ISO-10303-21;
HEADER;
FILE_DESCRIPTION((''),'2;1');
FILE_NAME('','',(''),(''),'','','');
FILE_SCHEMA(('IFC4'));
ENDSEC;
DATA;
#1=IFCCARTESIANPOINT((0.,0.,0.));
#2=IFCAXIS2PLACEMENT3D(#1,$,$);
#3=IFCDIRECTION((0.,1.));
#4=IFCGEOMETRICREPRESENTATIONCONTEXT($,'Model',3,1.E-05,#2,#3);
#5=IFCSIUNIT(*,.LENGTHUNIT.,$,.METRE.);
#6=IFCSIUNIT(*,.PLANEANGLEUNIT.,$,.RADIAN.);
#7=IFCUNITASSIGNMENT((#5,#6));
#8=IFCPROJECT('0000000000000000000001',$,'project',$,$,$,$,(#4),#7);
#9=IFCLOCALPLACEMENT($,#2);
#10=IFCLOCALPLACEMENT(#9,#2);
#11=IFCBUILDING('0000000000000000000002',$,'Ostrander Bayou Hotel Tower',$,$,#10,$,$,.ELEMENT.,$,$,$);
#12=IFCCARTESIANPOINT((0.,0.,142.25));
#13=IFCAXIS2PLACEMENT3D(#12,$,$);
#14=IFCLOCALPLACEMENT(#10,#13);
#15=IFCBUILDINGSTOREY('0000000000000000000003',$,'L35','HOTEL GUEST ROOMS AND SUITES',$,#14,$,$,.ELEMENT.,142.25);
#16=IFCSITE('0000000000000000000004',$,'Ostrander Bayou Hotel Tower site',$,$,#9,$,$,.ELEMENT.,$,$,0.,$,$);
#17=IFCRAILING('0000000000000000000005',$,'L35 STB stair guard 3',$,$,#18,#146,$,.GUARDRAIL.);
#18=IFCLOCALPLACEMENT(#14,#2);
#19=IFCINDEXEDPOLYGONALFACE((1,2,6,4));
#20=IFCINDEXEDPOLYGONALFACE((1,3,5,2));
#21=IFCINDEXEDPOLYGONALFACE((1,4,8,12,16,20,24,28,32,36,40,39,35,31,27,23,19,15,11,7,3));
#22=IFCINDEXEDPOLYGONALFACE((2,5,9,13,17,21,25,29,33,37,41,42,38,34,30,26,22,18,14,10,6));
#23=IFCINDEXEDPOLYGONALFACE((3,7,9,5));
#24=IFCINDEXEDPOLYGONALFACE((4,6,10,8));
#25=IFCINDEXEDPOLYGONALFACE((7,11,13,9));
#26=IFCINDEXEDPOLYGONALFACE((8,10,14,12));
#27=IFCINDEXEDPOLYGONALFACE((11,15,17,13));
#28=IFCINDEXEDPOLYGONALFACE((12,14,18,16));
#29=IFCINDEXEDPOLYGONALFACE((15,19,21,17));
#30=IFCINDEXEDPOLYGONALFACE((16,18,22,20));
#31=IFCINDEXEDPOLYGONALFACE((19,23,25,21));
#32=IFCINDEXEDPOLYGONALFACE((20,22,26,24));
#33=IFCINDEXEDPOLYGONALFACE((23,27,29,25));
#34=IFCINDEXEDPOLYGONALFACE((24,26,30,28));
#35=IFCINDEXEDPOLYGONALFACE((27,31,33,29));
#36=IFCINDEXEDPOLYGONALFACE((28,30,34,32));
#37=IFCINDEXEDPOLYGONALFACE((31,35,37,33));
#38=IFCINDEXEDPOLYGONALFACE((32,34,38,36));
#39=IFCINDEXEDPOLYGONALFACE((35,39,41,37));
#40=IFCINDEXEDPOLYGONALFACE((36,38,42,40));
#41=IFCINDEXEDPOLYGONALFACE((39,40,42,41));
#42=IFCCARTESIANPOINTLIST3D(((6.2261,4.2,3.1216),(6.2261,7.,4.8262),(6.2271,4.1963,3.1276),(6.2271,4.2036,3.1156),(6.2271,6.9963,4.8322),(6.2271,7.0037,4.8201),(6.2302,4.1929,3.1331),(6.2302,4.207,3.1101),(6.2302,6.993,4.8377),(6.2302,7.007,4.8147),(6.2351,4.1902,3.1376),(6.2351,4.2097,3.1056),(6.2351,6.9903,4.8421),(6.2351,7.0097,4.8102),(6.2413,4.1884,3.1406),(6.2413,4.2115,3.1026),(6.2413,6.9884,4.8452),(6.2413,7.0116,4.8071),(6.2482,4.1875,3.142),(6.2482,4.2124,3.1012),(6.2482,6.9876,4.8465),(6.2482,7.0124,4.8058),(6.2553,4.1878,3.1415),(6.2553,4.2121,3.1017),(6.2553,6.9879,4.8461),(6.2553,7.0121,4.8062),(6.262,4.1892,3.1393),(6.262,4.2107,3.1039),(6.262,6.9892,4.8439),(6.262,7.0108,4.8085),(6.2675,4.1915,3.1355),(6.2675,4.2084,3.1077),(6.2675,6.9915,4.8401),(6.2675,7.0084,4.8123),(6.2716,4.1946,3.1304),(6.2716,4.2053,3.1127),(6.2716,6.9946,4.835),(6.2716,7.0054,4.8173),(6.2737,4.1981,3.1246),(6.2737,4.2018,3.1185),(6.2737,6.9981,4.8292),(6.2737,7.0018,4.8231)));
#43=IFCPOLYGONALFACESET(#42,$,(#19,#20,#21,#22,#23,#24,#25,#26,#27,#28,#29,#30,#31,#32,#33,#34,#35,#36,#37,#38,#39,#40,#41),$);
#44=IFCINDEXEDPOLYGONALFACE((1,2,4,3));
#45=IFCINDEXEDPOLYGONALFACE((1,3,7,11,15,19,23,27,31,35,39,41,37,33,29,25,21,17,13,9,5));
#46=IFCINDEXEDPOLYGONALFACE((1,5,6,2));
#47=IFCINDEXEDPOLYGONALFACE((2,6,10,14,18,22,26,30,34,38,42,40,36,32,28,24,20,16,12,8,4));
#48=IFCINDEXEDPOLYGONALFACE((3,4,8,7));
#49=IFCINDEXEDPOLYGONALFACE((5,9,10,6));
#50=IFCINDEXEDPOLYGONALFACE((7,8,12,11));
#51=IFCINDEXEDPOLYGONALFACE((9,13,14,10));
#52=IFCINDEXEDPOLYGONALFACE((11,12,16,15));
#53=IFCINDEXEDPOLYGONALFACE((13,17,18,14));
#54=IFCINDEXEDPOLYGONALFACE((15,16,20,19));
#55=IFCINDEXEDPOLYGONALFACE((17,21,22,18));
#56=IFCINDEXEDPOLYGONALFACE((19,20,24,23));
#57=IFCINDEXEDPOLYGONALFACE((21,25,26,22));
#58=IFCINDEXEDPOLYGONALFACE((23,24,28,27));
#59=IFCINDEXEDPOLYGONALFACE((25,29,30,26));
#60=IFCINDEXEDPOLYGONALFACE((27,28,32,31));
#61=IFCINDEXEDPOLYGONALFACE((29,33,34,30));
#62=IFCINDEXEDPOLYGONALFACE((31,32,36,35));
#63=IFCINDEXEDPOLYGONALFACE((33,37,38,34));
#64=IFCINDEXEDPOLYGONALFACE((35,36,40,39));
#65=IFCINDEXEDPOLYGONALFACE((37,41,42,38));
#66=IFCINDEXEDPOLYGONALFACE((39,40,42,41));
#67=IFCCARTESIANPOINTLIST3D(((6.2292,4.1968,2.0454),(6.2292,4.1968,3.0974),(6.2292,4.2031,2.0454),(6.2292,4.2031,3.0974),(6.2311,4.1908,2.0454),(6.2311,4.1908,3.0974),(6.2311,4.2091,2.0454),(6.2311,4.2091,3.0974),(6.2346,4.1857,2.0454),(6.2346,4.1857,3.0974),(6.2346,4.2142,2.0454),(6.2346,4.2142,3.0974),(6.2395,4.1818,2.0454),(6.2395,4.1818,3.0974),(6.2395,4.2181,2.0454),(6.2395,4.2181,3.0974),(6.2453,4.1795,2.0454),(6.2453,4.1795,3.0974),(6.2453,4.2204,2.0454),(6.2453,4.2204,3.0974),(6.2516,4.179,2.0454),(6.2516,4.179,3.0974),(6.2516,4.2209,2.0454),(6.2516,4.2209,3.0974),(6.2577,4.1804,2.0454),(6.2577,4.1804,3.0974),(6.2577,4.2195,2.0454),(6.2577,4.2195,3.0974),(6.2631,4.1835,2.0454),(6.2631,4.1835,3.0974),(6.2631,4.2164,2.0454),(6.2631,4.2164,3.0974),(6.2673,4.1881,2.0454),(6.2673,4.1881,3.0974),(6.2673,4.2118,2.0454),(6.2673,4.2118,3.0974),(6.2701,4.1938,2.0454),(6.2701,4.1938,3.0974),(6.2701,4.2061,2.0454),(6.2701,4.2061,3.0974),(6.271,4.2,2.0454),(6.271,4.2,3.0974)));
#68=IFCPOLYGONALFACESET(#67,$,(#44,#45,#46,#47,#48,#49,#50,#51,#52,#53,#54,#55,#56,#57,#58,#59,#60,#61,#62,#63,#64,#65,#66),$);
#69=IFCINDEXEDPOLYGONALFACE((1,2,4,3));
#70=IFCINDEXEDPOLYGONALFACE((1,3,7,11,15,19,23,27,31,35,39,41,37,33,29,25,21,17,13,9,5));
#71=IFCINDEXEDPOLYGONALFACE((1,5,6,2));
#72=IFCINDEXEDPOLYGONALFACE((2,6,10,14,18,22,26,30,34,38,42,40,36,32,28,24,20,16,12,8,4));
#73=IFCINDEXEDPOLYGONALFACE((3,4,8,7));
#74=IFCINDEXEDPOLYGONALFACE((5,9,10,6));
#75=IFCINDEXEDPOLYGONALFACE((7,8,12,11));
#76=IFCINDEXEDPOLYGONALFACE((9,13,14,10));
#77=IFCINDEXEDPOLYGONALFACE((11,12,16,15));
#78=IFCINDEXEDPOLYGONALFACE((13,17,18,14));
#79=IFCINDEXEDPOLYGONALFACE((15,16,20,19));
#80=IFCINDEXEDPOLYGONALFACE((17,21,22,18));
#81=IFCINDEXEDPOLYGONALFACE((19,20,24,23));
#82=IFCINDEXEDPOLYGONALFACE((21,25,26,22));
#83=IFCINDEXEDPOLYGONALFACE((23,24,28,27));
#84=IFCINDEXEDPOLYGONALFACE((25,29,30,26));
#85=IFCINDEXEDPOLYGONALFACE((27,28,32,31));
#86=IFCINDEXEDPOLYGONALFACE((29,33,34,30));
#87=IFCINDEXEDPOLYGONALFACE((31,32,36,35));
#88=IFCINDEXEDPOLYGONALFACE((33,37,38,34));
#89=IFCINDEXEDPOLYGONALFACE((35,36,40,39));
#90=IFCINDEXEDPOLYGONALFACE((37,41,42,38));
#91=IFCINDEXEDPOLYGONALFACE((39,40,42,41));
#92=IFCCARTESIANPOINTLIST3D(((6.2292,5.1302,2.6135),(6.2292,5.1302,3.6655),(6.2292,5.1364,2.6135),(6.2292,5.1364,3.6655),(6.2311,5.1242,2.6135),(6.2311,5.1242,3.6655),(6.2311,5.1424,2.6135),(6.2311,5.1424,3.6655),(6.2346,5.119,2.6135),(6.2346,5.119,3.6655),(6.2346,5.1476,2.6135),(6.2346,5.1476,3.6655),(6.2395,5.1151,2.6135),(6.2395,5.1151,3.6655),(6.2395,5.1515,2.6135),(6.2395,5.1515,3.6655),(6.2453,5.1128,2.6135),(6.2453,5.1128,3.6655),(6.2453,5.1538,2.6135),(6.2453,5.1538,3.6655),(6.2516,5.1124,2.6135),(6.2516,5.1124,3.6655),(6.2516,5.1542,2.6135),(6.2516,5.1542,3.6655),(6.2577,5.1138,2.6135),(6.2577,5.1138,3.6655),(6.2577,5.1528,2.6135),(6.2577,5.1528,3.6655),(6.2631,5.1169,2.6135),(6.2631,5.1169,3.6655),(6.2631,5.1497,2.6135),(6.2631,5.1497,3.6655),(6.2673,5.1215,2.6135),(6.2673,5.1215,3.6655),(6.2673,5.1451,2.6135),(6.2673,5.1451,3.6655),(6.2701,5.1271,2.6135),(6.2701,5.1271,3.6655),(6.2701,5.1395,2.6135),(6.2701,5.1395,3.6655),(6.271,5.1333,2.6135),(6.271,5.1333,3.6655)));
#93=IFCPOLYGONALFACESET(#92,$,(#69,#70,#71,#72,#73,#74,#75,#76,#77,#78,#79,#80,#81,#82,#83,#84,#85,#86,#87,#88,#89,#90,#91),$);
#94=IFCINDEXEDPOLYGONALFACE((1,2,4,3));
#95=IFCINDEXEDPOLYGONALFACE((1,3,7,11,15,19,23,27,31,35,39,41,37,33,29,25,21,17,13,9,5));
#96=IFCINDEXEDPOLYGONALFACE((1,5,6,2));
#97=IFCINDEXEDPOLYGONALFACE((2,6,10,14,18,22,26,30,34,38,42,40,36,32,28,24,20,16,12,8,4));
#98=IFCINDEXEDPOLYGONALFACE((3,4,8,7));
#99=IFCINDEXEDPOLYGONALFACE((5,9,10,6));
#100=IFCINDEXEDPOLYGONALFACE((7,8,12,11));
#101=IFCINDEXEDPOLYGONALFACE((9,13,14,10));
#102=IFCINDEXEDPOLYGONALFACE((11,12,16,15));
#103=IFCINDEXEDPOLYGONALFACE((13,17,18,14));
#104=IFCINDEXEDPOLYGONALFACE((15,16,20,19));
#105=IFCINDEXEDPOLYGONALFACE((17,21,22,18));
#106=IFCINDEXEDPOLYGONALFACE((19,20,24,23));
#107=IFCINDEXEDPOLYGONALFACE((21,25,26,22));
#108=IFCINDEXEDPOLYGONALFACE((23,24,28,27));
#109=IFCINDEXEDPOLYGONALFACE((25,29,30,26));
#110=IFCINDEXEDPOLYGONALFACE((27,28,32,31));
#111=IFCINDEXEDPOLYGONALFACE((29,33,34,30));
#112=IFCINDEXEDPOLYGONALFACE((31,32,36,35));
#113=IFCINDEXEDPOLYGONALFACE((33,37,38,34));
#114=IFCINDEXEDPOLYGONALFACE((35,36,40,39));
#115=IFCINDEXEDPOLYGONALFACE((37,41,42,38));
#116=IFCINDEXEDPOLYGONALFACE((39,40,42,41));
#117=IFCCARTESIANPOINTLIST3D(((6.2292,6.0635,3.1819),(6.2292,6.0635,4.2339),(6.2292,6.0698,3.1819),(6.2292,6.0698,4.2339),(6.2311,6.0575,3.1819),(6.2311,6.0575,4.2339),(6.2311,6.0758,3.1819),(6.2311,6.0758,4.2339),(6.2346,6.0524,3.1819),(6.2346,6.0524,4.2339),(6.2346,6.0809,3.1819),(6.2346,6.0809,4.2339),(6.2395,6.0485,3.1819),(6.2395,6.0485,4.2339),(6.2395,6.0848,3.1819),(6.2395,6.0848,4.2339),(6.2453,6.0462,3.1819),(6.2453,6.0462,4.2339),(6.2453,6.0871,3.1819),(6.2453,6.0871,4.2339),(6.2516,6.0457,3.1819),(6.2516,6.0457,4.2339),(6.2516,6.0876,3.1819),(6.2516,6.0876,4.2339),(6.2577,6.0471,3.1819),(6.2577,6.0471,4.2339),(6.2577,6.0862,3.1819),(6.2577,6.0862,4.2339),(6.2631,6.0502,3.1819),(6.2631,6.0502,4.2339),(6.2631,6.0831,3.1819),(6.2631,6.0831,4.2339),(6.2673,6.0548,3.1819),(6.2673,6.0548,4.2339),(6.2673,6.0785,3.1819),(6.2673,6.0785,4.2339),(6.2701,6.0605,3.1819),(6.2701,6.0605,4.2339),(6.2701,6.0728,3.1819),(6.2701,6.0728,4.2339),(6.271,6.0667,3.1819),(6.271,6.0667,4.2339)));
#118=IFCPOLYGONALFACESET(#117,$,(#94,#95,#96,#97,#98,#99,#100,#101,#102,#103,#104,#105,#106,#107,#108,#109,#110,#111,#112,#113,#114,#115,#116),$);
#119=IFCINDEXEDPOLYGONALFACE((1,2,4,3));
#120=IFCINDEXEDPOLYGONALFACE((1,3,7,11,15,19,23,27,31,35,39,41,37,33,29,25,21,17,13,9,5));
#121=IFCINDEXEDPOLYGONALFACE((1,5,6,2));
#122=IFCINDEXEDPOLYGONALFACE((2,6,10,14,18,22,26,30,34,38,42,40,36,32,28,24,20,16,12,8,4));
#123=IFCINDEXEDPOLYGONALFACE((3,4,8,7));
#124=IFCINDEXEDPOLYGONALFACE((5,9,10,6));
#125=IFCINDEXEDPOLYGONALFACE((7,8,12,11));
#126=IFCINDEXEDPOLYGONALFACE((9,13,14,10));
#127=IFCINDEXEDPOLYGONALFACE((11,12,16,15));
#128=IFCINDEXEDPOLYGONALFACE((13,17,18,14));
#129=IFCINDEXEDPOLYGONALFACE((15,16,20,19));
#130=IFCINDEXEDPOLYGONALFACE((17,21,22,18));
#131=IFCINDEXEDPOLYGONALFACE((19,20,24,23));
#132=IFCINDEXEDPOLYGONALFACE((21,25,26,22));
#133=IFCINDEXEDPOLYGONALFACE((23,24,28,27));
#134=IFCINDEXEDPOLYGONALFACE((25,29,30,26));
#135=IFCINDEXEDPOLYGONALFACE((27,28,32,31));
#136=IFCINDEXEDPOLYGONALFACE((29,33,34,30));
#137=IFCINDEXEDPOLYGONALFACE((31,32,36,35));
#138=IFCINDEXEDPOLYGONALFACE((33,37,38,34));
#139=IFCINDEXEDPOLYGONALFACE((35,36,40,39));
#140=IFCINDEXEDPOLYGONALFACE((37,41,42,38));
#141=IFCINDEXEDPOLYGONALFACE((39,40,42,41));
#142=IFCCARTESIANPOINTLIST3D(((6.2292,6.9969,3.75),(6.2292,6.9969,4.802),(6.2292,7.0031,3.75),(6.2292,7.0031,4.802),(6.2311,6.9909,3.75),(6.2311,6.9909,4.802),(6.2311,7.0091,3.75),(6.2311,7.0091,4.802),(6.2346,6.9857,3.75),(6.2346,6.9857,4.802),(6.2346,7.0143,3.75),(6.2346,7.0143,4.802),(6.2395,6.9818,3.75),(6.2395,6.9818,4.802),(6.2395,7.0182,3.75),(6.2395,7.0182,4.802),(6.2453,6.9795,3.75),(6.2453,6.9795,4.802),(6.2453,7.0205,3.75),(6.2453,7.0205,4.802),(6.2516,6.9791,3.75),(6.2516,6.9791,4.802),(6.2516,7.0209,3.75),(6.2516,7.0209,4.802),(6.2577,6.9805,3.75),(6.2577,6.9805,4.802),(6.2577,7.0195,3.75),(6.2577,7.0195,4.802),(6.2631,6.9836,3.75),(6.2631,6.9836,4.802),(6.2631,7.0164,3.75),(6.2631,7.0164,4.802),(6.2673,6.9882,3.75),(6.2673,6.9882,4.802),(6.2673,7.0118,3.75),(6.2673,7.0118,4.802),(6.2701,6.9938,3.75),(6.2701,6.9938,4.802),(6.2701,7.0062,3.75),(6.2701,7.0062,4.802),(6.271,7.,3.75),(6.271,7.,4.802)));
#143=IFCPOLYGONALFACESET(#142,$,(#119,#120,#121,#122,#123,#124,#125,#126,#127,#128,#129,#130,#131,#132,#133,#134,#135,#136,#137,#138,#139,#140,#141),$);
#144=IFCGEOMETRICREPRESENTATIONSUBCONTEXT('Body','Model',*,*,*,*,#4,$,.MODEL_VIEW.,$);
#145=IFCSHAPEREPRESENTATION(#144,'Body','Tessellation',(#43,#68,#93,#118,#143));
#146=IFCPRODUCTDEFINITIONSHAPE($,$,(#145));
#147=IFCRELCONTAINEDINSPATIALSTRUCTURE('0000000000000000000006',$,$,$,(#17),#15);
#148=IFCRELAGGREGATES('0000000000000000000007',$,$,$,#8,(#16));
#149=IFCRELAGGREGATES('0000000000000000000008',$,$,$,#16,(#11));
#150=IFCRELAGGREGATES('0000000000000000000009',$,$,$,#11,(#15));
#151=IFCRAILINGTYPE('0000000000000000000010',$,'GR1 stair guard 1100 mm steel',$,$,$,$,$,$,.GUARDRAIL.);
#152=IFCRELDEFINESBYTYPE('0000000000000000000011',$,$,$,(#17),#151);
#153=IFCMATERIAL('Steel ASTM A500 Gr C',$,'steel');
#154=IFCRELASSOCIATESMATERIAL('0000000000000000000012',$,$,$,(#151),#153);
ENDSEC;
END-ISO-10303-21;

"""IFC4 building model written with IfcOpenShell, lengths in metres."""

from ifc_helpers import new_model, si_unit, direction, frame, origin, origin_2d, place, context, subcontext, project, spatial, circle, extrude, material, type_object, element, save


model = new_model("IFC4")

# Units and contexts
model_context = context("Model", 3, precision=1e-05, world=origin(), true_north=direction((0.0, 1.0)))
body_context = subcontext(model_context, "Body", "Model", "MODEL_VIEW")
ifc_project = project(units=[si_unit("LENGTHUNIT", "METRE"), si_unit("PLANEANGLEUNIT", "RADIAN")], contexts=[model_context])

# Site, building, storey
site_placement = place(None, origin())
site = spatial("IfcSite", under=ifc_project, at=site_placement, Name="Ostrander Bayou Hotel Tower site", CompositionType="ELEMENT", RefElevation=0.0)
building_placement = place(site_placement, origin())
building = spatial("IfcBuilding", under=site, at=building_placement, Name="Ostrander Bayou Hotel Tower", CompositionType="ELEMENT")
storey_placement = place(building_placement, frame((0.0, 0.0, 142.25)))
storey = spatial("IfcBuildingStorey", under=building, at=storey_placement, Name="L35", Description="HOTEL GUEST ROOMS AND SUITES", CompositionType="ELEMENT", Elevation=142.25)

# Railing
ifc_material_1 = material(Name="Steel ASTM A500 Gr C", Category="steel")
railing_type_1 = type_object("IfcRailingType", Name="GR1 stair guard 1100 mm steel", PredefinedType="GUARDRAIL", material=ifc_material_1)
railing_1_placement = place(storey_placement, frame((6.25, 4.2, 2.0454)))
element("IfcRailing", 1, at=railing_1_placement, inside=storey, type_object=railing_type_1, Name="L35 STB stair guard 3", PredefinedType="GUARDRAIL", context=body_context, shape_type="SweptSolid", body=[
    extrude(circle(Radius=0.0239, at=origin_2d()), frame((0.0, 0.0, 1.0762), z_axis=(0.0, 0.85417, 0.519994), x_axis=(-1.0, 0.0, 0.0)), (0.0, 0.0, 1.0), 3.2781),
    extrude(circle(Radius=0.021, at=origin_2d()), origin(), (0.0, 0.0, 1.0), 1.052),
    extrude(circle(Radius=0.021, at=origin_2d()), frame((0.0, 0.9333, 0.5681)), (0.0, 0.0, 1.0), 1.052),
    extrude(circle(Radius=0.021, at=origin_2d()), frame((0.0, 1.8667, 1.1365)), (0.0, 0.0, 1.0), 1.052),
    extrude(circle(Radius=0.021, at=origin_2d()), frame((0.0, 2.8, 1.7046)), (0.0, 0.0, 1.0), 1.052),
])

save(model, "model.ifc")
